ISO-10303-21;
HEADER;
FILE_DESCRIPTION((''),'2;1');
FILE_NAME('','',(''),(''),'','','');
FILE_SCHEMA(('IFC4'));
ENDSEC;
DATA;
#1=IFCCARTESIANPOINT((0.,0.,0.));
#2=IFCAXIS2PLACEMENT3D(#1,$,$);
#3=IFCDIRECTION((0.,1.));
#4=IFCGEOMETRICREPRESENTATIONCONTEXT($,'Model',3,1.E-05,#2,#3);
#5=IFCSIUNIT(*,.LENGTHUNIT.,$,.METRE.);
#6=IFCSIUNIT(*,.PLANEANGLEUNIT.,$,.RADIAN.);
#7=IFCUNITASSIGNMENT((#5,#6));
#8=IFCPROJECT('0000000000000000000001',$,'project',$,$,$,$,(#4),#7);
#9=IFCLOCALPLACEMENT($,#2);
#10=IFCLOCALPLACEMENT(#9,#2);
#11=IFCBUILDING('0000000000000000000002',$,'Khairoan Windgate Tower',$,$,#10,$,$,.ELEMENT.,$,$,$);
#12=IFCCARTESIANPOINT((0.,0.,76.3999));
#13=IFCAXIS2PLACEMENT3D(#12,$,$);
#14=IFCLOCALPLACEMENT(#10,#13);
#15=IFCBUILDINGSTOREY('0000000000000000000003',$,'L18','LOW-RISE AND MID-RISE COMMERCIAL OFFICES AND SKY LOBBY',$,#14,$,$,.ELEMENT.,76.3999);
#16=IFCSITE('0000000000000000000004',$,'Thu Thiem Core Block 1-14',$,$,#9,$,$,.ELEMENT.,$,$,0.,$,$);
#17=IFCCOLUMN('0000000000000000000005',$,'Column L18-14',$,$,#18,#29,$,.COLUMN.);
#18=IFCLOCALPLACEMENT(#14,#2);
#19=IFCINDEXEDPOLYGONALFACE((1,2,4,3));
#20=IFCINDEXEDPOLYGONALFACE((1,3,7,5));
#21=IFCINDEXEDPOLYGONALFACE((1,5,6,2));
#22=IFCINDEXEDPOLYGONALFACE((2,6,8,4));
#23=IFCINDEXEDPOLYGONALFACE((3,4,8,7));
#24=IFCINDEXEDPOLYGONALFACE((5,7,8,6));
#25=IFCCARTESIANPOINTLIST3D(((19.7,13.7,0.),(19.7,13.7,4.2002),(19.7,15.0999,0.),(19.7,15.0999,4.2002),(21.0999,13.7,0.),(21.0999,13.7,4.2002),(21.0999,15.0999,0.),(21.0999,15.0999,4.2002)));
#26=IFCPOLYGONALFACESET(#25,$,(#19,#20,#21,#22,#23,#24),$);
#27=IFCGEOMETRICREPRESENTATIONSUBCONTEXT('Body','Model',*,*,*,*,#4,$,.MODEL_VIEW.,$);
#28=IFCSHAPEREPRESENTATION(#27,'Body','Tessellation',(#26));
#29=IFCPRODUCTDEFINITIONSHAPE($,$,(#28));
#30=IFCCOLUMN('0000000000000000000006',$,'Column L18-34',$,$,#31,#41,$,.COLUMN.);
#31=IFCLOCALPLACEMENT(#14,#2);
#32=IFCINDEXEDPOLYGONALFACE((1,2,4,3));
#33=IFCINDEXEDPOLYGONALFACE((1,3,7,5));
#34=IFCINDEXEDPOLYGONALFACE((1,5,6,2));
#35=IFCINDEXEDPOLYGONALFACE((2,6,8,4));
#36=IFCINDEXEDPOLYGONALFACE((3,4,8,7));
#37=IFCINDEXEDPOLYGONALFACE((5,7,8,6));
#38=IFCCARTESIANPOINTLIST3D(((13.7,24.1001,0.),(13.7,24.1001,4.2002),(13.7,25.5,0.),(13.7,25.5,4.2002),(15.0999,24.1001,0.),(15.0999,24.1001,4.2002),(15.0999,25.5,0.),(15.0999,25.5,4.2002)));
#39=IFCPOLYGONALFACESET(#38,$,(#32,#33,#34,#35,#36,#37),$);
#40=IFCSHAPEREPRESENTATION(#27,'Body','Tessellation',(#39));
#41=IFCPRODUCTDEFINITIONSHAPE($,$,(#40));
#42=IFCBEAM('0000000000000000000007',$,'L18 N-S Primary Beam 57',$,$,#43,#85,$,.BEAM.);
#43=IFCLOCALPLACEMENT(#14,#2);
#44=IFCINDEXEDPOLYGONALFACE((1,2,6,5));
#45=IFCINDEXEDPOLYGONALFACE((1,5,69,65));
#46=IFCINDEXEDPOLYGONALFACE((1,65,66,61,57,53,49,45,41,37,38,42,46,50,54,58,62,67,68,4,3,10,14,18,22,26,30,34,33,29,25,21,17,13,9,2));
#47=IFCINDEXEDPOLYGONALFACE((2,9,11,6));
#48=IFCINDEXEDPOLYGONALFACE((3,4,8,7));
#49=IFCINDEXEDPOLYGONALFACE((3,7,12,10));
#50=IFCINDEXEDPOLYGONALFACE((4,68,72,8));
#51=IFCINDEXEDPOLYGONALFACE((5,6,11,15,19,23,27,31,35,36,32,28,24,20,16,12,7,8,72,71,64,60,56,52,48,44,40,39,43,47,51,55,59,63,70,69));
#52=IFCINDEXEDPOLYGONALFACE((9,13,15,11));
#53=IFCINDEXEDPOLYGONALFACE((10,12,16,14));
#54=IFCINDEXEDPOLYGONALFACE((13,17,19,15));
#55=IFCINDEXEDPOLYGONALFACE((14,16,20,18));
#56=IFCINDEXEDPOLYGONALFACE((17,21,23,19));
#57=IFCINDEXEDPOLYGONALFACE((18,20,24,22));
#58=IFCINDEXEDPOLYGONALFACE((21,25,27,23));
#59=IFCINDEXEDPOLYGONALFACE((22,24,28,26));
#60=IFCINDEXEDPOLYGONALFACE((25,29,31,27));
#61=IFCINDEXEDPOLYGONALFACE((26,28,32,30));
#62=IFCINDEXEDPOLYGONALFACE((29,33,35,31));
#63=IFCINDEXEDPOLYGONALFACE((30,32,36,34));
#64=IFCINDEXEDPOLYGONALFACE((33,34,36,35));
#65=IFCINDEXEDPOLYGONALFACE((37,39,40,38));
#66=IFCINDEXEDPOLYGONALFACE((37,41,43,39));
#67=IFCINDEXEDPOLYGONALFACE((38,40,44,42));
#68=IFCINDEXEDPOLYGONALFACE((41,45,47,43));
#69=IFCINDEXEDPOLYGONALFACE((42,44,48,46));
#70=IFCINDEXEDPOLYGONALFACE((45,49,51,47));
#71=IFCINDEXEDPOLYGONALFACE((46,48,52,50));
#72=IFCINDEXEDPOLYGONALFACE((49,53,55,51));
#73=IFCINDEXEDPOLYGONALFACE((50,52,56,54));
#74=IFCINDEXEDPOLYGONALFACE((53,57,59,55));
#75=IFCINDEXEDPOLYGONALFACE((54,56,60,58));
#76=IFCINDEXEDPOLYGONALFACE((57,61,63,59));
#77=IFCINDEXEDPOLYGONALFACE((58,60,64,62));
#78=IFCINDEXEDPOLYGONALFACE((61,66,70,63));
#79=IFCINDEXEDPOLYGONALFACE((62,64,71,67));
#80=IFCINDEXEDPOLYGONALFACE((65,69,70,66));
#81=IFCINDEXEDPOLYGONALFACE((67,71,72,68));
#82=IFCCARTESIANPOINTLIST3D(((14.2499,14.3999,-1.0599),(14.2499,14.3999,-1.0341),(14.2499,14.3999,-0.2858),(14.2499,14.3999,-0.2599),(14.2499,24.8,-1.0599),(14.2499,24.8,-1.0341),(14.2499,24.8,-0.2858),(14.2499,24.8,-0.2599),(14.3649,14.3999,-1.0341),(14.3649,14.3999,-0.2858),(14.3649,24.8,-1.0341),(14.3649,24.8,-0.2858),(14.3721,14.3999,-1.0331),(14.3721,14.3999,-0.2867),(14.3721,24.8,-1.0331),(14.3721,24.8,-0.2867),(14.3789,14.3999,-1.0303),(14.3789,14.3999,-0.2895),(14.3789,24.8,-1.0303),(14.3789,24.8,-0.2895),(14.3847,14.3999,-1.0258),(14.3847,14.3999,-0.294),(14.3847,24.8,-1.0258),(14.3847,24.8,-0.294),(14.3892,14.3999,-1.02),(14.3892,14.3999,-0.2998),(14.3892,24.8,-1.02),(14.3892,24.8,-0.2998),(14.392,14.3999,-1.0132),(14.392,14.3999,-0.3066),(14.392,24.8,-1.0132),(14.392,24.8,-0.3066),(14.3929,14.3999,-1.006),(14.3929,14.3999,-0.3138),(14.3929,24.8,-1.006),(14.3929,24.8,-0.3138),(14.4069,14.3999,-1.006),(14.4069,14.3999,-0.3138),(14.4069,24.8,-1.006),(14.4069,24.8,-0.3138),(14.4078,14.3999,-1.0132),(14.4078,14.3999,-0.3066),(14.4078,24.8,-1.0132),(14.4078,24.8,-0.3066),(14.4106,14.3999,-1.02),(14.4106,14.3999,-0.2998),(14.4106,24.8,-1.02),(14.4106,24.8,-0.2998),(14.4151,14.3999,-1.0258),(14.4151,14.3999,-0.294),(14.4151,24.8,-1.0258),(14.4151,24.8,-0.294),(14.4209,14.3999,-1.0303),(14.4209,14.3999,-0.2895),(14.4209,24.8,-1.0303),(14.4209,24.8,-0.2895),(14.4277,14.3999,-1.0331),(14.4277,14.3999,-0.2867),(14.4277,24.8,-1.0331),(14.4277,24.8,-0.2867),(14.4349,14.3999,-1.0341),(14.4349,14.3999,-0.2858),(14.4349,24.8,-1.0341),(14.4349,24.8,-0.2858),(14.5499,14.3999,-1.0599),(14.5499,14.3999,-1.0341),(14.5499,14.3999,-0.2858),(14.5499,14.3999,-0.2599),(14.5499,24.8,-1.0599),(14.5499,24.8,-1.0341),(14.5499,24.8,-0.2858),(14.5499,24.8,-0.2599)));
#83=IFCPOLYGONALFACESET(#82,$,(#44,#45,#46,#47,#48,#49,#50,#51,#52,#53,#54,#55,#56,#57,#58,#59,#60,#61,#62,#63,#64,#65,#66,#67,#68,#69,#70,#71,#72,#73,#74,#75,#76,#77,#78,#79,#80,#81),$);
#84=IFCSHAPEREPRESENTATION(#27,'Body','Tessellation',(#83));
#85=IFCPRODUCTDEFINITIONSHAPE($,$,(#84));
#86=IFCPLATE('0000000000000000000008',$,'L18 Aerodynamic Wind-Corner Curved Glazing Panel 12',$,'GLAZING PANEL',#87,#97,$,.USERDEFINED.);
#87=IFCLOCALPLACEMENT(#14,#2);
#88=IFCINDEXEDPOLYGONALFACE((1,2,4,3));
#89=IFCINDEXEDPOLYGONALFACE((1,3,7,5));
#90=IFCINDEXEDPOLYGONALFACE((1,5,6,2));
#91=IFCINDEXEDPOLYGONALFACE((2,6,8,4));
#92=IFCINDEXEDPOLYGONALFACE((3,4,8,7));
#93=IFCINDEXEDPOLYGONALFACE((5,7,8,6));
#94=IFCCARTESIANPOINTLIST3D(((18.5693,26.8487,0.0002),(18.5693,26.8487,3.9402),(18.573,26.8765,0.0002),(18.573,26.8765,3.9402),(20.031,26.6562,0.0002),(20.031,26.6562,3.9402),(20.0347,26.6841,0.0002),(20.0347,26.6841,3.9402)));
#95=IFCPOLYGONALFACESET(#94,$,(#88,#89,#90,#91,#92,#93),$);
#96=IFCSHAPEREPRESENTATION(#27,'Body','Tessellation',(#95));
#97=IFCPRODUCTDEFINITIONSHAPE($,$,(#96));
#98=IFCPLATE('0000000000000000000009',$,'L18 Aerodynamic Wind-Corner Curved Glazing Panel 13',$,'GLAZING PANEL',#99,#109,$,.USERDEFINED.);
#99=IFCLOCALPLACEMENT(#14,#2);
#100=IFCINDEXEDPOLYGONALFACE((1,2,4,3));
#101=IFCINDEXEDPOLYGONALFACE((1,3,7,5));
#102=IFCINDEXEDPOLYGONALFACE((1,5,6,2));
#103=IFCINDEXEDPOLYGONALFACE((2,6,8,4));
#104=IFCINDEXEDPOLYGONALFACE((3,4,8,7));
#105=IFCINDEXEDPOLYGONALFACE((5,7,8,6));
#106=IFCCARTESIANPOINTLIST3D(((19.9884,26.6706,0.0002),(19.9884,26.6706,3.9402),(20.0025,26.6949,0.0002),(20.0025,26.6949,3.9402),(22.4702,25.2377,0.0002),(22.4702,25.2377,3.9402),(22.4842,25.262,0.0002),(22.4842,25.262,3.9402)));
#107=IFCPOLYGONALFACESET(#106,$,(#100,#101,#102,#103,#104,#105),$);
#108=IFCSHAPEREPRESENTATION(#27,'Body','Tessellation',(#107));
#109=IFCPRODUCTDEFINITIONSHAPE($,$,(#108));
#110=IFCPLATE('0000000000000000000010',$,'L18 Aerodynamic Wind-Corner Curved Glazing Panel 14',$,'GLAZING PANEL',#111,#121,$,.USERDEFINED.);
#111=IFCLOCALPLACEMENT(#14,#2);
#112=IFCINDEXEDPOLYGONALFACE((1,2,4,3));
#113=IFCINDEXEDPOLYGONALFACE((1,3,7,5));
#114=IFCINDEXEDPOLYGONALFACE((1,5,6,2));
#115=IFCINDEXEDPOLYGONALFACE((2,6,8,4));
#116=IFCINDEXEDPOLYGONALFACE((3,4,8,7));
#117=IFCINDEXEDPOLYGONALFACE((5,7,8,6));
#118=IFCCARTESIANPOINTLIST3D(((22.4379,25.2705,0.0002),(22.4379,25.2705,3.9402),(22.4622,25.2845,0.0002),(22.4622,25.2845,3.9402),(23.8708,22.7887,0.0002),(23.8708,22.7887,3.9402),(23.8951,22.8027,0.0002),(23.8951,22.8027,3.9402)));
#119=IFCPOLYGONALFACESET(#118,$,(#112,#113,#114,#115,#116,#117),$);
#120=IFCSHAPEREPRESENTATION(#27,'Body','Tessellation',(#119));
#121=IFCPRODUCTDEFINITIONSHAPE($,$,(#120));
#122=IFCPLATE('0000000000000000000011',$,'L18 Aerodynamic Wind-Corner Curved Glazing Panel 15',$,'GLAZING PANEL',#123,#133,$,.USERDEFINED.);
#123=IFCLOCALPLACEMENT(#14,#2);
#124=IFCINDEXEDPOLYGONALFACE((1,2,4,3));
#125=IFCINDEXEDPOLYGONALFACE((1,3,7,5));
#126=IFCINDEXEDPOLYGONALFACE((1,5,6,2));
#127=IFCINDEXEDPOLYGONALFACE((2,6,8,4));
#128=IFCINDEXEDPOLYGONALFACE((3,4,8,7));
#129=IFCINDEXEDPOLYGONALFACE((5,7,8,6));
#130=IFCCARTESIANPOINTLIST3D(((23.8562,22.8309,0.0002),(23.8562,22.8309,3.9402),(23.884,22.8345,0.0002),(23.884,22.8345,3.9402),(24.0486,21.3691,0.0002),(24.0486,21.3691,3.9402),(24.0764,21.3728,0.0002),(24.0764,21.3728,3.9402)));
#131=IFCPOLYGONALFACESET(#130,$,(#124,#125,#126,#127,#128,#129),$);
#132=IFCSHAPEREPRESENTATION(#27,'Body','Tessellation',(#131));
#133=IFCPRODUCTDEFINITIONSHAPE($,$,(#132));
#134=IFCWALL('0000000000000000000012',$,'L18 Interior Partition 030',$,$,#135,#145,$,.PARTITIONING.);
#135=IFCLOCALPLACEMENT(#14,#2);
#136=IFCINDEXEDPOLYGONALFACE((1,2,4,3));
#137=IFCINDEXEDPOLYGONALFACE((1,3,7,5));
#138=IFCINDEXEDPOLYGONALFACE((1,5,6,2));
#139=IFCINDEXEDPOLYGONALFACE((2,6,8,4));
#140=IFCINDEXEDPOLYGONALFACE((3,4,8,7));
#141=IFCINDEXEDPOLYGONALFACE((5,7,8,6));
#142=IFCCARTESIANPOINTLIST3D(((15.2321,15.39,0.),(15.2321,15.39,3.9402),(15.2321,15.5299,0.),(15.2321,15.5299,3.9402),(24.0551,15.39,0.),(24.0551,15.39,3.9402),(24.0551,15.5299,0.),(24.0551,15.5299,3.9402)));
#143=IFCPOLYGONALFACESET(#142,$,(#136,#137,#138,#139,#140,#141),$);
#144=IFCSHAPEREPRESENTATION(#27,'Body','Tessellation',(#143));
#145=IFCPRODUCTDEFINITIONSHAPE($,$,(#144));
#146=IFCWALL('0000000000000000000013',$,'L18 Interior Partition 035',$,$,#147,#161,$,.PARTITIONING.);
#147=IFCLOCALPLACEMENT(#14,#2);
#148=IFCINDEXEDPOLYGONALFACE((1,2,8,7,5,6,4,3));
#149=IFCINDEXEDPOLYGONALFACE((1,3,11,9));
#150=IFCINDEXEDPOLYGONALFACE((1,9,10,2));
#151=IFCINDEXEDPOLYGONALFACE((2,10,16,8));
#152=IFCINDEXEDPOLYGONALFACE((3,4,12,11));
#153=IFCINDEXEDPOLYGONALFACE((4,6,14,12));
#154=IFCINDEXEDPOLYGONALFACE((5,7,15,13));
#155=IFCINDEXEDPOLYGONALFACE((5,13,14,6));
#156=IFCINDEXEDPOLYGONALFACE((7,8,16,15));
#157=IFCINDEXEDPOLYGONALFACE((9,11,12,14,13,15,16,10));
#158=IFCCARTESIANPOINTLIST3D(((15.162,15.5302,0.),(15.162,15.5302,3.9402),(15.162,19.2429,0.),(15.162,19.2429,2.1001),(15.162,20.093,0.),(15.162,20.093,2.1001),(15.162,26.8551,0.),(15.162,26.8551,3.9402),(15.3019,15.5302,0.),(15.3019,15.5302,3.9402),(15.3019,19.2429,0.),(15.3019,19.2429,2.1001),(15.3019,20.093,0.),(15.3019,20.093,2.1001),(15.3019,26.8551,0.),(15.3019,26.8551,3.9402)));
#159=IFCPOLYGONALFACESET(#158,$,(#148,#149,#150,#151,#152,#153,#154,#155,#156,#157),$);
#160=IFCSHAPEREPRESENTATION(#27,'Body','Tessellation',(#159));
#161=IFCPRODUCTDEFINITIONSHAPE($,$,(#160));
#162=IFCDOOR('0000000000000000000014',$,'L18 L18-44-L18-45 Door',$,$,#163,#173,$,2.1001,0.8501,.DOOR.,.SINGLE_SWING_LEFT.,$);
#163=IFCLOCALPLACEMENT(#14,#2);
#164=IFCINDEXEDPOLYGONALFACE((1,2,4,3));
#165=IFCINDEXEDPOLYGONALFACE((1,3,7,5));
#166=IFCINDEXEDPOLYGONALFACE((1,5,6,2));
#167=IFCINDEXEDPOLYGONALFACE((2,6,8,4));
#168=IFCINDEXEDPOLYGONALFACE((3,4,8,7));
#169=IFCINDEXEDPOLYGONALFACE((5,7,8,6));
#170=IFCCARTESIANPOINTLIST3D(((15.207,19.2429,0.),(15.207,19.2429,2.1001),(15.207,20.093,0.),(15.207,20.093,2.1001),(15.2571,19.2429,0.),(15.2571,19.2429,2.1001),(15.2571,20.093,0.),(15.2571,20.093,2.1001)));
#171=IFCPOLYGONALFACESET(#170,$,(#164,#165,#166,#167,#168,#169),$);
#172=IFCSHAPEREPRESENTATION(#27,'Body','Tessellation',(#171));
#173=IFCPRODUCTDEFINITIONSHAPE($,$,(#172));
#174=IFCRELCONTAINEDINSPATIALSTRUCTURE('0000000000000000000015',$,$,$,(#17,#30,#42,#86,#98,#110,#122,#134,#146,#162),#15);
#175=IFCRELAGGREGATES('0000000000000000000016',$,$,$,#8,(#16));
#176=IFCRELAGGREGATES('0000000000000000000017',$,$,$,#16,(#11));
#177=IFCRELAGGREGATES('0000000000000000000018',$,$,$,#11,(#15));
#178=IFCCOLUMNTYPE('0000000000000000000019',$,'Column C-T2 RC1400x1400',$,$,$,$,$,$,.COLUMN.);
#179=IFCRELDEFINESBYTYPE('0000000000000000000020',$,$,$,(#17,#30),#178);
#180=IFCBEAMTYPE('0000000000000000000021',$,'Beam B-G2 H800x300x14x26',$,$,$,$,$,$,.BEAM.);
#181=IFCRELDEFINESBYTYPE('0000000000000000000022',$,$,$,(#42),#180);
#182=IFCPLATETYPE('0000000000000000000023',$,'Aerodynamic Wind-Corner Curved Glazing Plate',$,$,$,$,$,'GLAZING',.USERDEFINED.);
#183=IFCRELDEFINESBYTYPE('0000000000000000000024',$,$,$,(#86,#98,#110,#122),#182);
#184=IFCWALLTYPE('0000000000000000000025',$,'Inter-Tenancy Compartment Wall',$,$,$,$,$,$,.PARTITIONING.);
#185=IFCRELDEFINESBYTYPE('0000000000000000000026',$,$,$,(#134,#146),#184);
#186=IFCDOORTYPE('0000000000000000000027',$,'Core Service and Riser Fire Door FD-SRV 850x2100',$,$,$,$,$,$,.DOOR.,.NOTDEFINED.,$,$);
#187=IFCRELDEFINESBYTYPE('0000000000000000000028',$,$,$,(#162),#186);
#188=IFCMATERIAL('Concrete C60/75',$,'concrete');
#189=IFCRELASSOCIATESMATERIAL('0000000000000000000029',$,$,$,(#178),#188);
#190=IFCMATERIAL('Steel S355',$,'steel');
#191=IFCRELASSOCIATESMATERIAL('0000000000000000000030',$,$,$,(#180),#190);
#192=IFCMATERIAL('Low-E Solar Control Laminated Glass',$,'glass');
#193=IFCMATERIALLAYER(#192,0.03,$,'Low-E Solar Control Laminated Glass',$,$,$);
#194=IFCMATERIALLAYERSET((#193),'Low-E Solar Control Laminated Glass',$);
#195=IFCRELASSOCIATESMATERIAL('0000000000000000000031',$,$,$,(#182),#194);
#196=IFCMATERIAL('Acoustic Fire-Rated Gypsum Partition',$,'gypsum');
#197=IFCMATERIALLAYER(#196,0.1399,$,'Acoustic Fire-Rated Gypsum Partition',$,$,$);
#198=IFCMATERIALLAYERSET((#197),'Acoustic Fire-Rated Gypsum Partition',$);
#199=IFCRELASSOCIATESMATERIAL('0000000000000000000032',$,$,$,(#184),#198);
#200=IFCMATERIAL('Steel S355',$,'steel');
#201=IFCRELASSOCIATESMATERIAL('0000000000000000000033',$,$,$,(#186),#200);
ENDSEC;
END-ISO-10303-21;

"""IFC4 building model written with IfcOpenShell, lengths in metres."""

from ifc_helpers import new_model, si_unit, direction, frame, frame_2d, origin, origin_2d, place, context, subcontext, project, spatial, rectangle, i_section, extrude, material, layer, layer_set, material_profile, profile_set, type_object, element, fill, save


model = new_model("IFC4")

# Units and contexts
model_context = context("Model", 3, precision=1e-05, world=origin(), true_north=direction((0.0, 1.0)))
body_context = subcontext(model_context, "Body", "Model", "MODEL_VIEW")
ifc_project = project(units=[si_unit("LENGTHUNIT", "METRE"), si_unit("PLANEANGLEUNIT", "RADIAN")], contexts=[model_context])

# Site, building, storey
site_placement = place(None, origin())
site = spatial("IfcSite", under=ifc_project, at=site_placement, Name="Thu Thiem Core Block 1-14", CompositionType="ELEMENT", RefElevation=0.0)
building_placement = place(site_placement, origin())
building = spatial("IfcBuilding", under=site, at=building_placement, Name="Khairoan Windgate Tower", CompositionType="ELEMENT")
storey_placement = place(building_placement, frame((0.0, 0.0, 76.3999)))
storey = spatial("IfcBuildingStorey", under=building, at=storey_placement, Name="L18", Description="LOW-RISE AND MID-RISE COMMERCIAL OFFICES AND SKY LOBBY", CompositionType="ELEMENT", Elevation=76.3999)

# Columns
ifc_material_1 = material(Name="Concrete C60/75", Category="concrete")
ifc_material_profile_1 = material_profile(ifc_material_1, rectangle(XDim=1.3999, YDim=1.3999, at=origin_2d()))
ifc_profile_set_1 = profile_set([ifc_material_profile_1], Name="Concrete C60/75")
column_type = type_object("IfcColumnType", Name="Column C-T2 RC1400x1400", PredefinedType="COLUMN", material=ifc_profile_set_1)
for number, where, z_axis, x_axis, name in (
    (1, (20.3999, 14.3999, 0.0), (0.0, 0.0, 1.0), (1.0, 0.0, 0.0), "Column L18-14"),
    (2, (14.3999, 24.8, 0.0), (0.0, 0.0, 1.0), (1.0, 0.0, 0.0), "Column L18-34"),
):
    element("IfcColumn", number, at=place(storey_placement, frame(where, z_axis=z_axis, x_axis=x_axis)), inside=storey, type_object=column_type, Name=name, PredefinedType="COLUMN", context=body_context, shape_type="SweptSolid", body=[
        extrude(rectangle(XDim=1.3999, YDim=1.3999, at=origin_2d()), origin(), (0.0, 0.0, 1.0), 4.2002),
    ])

# Beam
ifc_material_2 = material(Name="Steel S355", Category="steel")
ifc_material_profile_2 = material_profile(ifc_material_2, i_section(OverallWidth=0.3, OverallDepth=0.8, WebThickness=0.0139, FlangeThickness=0.0259, FilletRadius=0.0281, at=origin_2d()))
ifc_profile_set_2 = profile_set([ifc_material_profile_2], Name="Steel S355")
beam_type = type_object("IfcBeamType", Name="Beam B-G2 H800x300x14x26", PredefinedType="BEAM", material=ifc_profile_set_2)
beam_placement = place(storey_placement, frame((14.3999, 14.3999, -0.6599), z_axis=(0.0, 1.0, 0.0), x_axis=(-1.0, 0.0, 0.0)))
element("IfcBeam", 3, at=beam_placement, inside=storey, type_object=beam_type, Name="L18 N-S Primary Beam 57", PredefinedType="BEAM", context=body_context, shape_type="SweptSolid", body=[
    extrude(i_section(OverallWidth=0.3, OverallDepth=0.8, WebThickness=0.0139, FlangeThickness=0.0259, FilletRadius=0.0281, at=origin_2d()), origin(), (0.0, 0.0, 1.0), 10.4001),
])

# Plates
ifc_material_3 = material(Name="Low-E Solar Control Laminated Glass", Category="glass")
ifc_layer_1 = layer(ifc_material_3, 0.03, Name="Low-E Solar Control Laminated Glass")
ifc_layer_set_1 = layer_set([ifc_layer_1], Name="Low-E Solar Control Laminated Glass")
plate_type_1 = type_object("IfcPlateType", Name="Aerodynamic Wind-Corner Curved Glazing Plate", ElementType="GLAZING", PredefinedType="USERDEFINED", material=ifc_layer_set_1)
plate_1_placement = place(storey_placement, frame((19.302, 26.7664, 0.0002), z_axis=(0.0, 0.0, 1.0), x_axis=(0.991445, -0.130526, 0.0)))
element("IfcPlate", 4, at=plate_1_placement, inside=storey, type_object=plate_type_1, Name="L18 Aerodynamic Wind-Corner Curved Glazing Panel 12", ObjectType="GLAZING PANEL", PredefinedType="USERDEFINED", context=body_context, shape_type="SweptSolid", body=[
    extrude(rectangle(XDim=1.4744, YDim=0.0281, at=origin_2d()), origin(), (0.0, 0.0, 1.0), 3.9399),
])
for number, where, z_axis, x_axis, name in (
    (5, (21.2363, 25.9663, 0.0002), (0.0, 0.0, 1.0), (0.866025, -0.5, 0.0), "L18 Aerodynamic Wind-Corner Curved Glazing Panel 13"),
    (6, (23.1665, 24.0366, 0.0002), (0.0, 0.0, 1.0), (0.5, -0.866025, 0.0), "L18 Aerodynamic Wind-Corner Curved Glazing Panel 14"),
):
    element("IfcPlate", number, at=place(storey_placement, frame(where, z_axis=z_axis, x_axis=x_axis)), inside=storey, type_object=plate_type_1, Name=name, ObjectType="GLAZING PANEL", PredefinedType="USERDEFINED", context=body_context, shape_type="SweptSolid", body=[
        extrude(rectangle(XDim=2.8657, YDim=0.0281, at=origin_2d()), origin(), (0.0, 0.0, 1.0), 3.9399),
    ])
plate_2_placement = place(storey_placement, frame((23.9663, 22.1018, 0.0002), z_axis=(0.0, 0.0, 1.0), x_axis=(0.130526, -0.991445, 0.0)))
element("IfcPlate", 7, at=plate_2_placement, inside=storey, type_object=plate_type_1, Name="L18 Aerodynamic Wind-Corner Curved Glazing Panel 15", ObjectType="GLAZING PANEL", PredefinedType="USERDEFINED", context=body_context, shape_type="SweptSolid", body=[
    extrude(rectangle(XDim=1.4744, YDim=0.0281, at=origin_2d()), origin(), (0.0, 0.0, 1.0), 3.9399),
])

# Wall
ifc_material_4 = material(Name="Acoustic Fire-Rated Gypsum Partition", Category="gypsum")
ifc_layer_2 = layer(ifc_material_4, 0.1399, Name="Acoustic Fire-Rated Gypsum Partition")
ifc_layer_set_2 = layer_set([ifc_layer_2], Name="Acoustic Fire-Rated Gypsum Partition")
wall_type = type_object("IfcWallType", Name="Inter-Tenancy Compartment Wall", PredefinedType="PARTITIONING", material=ifc_layer_set_2)
wall_1_placement = place(storey_placement, frame((15.2319, 15.46, 0.0), z_axis=(0.0, 0.0, 1.0), x_axis=(1.0, 0.0, 0.0)))
element("IfcWall", 8, at=wall_1_placement, inside=storey, type_object=wall_type, Name="L18 Interior Partition 030", PredefinedType="PARTITIONING", context=body_context, shape_type="SweptSolid", body=[
    extrude(rectangle(XDim=8.823, YDim=0.1399, at=frame_2d((4.4116, 0.0))), origin(), (0.0, 0.0, 1.0), 3.9402),
])

# Wall, opening, door
wall_2_placement = place(storey_placement, frame((15.2319, 15.53, 0.0), z_axis=(0.0, 0.0, 1.0), x_axis=(0.0, 1.0, 0.0)))
wall_2 = element("IfcWall", 9, at=wall_2_placement, inside=storey, type_object=wall_type, Name="L18 Interior Partition 035", PredefinedType="PARTITIONING", context=body_context, shape_type="SweptSolid", body=[
    extrude(rectangle(XDim=11.325, YDim=0.1399, at=frame_2d((5.6626, 0.0))), origin(), (0.0, 0.0, 1.0), 3.9402),
])
opening_placement = place(wall_2_placement, frame((3.7129, 0.0, 0.0)))
opening = element("IfcOpeningElement", 10, at=opening_placement, cuts=wall_2, PredefinedType="OPENING", context=body_context, shape_type="SweptSolid", body=[
    extrude(rectangle(XDim=0.8501, YDim=2.1001, at=frame_2d((0.425, 1.05))), frame((0.0, 0.0798, 0.0), z_axis=(0.0, -1.0, 0.0), x_axis=(1.0, 0.0, 0.0)), (0.0, 0.0, 1.0), 0.1599),
])
ifc_material_5 = material(Name="Steel S355", Category="steel")
door_type = type_object("IfcDoorType", Name="Core Service and Riser Fire Door FD-SRV 850x2100", OperationType="NOTDEFINED", PredefinedType="DOOR", material=ifc_material_5)
door_placement = place(opening_placement, origin())
door = element("IfcDoor", 11, at=door_placement, inside=storey, type_object=door_type, Name="L18 L18-44-L18-45 Door", OperationType="SINGLE_SWING_LEFT", OverallHeight=2.1001, OverallWidth=0.8501, PredefinedType="DOOR", context=body_context, shape_type="SweptSolid", body=[
    extrude(rectangle(XDim=0.8501, YDim=2.1001, at=frame_2d((0.425, 1.05))), frame((0.0, 0.0249, 0.0), z_axis=(0.0, -1.0, 0.0), x_axis=(1.0, 0.0, 0.0)), (0.0, 0.0, 1.0), 0.05),
])
fill(opening, door)

save(model, "model.ifc")
